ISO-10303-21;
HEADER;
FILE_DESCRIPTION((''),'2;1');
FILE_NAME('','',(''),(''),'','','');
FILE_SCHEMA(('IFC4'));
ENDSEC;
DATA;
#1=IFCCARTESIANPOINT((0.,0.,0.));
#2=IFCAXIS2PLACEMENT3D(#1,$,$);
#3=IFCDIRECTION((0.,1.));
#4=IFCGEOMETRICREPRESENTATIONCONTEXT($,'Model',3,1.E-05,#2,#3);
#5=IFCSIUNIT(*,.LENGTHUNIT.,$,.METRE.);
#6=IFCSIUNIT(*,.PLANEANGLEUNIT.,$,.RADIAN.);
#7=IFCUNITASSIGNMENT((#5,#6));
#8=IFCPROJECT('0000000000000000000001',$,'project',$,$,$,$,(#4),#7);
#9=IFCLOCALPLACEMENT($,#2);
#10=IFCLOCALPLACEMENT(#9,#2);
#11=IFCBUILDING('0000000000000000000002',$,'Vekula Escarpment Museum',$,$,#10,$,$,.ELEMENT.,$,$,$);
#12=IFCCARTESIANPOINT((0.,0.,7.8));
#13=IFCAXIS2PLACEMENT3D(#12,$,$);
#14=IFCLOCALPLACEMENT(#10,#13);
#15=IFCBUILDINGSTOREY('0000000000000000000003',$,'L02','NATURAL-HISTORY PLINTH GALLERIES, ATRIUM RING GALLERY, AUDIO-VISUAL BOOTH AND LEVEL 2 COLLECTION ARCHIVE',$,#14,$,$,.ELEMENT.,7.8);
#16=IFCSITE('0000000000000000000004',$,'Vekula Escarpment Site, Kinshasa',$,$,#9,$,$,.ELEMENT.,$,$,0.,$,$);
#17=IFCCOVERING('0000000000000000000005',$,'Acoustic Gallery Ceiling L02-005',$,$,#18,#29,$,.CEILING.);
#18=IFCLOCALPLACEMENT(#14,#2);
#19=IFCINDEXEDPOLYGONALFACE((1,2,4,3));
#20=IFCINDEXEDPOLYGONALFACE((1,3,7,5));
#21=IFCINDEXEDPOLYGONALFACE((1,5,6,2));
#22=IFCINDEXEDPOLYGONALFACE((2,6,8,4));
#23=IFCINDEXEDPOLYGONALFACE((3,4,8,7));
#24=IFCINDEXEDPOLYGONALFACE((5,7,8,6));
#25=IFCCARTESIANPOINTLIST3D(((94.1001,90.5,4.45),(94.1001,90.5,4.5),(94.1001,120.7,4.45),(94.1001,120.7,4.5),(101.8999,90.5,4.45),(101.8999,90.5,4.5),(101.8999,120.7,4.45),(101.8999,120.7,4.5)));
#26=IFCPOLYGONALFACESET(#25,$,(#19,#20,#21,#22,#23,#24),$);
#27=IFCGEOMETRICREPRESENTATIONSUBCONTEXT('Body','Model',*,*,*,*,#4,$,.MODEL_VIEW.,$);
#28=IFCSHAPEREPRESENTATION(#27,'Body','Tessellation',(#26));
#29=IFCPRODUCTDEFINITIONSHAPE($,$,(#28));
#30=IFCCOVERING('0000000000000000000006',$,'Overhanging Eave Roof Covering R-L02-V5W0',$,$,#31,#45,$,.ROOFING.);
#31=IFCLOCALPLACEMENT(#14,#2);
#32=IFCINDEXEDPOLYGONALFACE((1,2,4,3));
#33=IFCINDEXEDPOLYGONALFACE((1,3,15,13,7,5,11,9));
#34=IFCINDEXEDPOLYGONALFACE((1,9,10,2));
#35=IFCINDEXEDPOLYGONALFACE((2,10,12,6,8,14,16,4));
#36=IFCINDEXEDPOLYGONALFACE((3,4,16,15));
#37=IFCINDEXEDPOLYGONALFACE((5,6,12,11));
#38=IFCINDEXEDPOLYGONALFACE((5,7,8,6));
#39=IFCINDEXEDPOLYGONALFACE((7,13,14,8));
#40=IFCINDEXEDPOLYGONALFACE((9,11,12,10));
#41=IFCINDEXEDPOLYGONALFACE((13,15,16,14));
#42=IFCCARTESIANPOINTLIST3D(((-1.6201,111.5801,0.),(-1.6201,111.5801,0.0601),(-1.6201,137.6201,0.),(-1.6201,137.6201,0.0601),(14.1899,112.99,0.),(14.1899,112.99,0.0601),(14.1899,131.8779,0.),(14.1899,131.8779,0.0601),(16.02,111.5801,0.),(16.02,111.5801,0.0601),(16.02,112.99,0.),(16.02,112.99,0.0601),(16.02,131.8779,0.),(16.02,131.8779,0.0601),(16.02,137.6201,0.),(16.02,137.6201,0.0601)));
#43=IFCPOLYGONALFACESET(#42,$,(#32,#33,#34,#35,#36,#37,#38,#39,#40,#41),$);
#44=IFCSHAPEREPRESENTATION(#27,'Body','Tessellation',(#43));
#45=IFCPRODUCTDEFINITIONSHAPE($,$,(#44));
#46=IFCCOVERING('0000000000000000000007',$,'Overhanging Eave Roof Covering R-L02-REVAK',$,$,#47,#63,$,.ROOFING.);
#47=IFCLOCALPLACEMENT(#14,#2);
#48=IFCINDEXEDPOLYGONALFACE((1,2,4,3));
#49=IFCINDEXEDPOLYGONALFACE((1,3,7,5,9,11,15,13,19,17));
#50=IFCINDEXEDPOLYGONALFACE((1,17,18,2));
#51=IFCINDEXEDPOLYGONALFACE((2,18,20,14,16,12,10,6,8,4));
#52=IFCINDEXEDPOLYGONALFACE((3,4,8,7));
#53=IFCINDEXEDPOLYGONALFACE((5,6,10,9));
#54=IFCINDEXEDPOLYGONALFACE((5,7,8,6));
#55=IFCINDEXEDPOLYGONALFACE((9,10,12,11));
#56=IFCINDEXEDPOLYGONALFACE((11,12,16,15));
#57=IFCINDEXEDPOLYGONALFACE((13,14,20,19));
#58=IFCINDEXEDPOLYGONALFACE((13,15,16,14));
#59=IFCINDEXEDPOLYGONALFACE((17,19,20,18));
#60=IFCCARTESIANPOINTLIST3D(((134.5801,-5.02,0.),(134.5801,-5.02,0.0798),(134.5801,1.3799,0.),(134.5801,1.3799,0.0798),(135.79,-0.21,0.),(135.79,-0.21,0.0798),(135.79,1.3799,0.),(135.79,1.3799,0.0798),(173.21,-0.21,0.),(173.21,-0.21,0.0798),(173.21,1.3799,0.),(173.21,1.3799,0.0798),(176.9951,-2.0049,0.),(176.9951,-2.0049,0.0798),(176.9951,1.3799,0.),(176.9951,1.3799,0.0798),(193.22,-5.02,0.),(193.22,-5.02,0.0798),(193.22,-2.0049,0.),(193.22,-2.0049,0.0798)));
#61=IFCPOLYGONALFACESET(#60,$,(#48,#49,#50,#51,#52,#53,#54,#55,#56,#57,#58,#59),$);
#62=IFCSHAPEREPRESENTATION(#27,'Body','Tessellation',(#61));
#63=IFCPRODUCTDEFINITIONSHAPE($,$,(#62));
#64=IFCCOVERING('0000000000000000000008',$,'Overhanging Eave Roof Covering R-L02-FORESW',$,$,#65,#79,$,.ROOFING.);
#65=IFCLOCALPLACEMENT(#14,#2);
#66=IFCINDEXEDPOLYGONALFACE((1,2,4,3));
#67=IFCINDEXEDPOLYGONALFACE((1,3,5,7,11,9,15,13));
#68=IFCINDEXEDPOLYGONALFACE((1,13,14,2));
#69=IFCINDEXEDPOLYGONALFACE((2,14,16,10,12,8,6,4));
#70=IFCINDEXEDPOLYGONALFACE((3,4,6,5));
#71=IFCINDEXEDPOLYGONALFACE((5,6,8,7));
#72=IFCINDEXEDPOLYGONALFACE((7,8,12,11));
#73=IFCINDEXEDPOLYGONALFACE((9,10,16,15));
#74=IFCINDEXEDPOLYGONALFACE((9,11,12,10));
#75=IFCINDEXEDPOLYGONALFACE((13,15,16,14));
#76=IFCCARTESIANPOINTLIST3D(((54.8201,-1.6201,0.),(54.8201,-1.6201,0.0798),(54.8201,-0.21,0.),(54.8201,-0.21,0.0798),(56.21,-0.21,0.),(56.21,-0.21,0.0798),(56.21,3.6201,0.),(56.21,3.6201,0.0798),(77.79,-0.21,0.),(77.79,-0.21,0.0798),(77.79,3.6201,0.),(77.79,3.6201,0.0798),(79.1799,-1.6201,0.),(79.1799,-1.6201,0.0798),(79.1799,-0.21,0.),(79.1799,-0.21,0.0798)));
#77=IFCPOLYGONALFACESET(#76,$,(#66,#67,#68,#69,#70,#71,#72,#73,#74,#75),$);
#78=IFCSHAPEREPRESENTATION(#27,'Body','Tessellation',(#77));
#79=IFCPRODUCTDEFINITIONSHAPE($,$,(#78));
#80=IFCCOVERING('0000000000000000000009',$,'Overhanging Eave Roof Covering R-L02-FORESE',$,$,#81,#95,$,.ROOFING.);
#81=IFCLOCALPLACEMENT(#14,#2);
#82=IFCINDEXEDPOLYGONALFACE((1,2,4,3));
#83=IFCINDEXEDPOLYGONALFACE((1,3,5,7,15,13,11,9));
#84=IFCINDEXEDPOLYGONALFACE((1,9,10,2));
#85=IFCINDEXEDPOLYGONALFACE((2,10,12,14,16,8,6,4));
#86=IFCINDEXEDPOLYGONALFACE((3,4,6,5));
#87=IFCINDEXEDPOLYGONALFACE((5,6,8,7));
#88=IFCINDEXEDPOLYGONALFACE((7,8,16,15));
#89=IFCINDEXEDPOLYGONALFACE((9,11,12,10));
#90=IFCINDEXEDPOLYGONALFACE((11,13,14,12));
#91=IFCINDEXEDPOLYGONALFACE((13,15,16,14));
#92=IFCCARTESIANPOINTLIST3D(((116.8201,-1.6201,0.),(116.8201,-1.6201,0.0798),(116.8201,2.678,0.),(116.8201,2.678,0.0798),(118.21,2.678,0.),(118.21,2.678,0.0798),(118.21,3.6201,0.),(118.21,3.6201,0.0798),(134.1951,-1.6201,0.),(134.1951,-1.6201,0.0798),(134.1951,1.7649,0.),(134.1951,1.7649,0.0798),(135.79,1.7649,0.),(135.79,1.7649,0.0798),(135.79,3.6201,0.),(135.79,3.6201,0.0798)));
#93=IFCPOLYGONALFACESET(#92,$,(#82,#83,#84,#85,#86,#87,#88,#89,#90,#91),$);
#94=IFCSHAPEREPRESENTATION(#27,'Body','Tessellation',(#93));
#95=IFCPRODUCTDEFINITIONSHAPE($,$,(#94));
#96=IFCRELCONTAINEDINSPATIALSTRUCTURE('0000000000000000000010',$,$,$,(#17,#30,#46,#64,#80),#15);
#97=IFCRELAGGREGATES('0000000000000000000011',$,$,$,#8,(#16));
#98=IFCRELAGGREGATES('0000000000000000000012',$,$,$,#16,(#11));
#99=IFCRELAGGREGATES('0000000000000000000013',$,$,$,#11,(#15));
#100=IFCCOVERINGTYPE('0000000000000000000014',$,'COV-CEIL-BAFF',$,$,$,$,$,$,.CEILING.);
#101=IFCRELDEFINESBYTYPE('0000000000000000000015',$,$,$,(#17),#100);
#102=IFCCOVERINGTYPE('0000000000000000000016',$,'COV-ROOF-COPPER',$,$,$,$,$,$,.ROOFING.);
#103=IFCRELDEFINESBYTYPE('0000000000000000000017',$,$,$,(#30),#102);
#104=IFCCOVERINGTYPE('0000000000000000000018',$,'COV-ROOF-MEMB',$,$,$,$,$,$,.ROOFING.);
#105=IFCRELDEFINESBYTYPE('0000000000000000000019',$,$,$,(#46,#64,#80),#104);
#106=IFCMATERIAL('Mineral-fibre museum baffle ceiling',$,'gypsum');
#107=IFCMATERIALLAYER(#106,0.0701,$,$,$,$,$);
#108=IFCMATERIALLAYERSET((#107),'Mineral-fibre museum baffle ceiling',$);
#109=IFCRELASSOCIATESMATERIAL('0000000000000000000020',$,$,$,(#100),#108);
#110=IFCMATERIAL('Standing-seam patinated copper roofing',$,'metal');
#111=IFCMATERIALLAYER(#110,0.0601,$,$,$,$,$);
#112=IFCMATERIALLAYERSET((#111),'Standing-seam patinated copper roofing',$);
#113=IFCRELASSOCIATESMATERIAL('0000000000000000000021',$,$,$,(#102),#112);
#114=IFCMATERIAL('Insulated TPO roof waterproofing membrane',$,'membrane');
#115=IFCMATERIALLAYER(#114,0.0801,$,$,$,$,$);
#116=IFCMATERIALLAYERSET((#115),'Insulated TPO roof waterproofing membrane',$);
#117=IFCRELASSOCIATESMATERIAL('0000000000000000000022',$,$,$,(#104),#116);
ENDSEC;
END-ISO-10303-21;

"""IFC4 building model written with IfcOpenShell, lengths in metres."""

from ifc_helpers import new_model, si_unit, direction, frame, origin, place, context, subcontext, project, spatial, polyline, outline, extrude, material, layer, layer_set, type_object, element, save


model = new_model("IFC4")

# Units and contexts
model_context = context("Model", 3, precision=1e-05, world=origin(), true_north=direction((0.0, 1.0)))
body_context = subcontext(model_context, "Body", "Model", "MODEL_VIEW")
ifc_project = project(units=[si_unit("LENGTHUNIT", "METRE"), si_unit("PLANEANGLEUNIT", "RADIAN")], contexts=[model_context])

# Site, building, storey
site_placement = place(None, origin())
site = spatial("IfcSite", under=ifc_project, at=site_placement, Name="Vekula Escarpment Site, Kinshasa", CompositionType="ELEMENT", RefElevation=0.0)
building_placement = place(site_placement, origin())
building = spatial("IfcBuilding", under=site, at=building_placement, Name="Vekula Escarpment Museum", CompositionType="ELEMENT")
storey_placement = place(building_placement, frame((0.0, 0.0, 7.8)))
storey = spatial("IfcBuildingStorey", under=building, at=storey_placement, Name="L02", Description="NATURAL-HISTORY PLINTH GALLERIES, ATRIUM RING GALLERY, AUDIO-VISUAL BOOTH AND LEVEL 2 COLLECTION ARCHIVE", CompositionType="ELEMENT", Elevation=7.8)

# Coverings
ifc_material_1 = material(Name="Mineral-fibre museum baffle ceiling", Category="gypsum")
ifc_layer_1 = layer(ifc_material_1, 0.0701)
ifc_layer_set_1 = layer_set([ifc_layer_1], Name="Mineral-fibre museum baffle ceiling")
covering_type_1 = type_object("IfcCoveringType", Name="COV-CEIL-BAFF", PredefinedType="CEILING", material=ifc_layer_set_1)
covering_1_placement = place(storey_placement, frame((0.0, 0.0, 4.45)))
element("IfcCovering", 1, at=covering_1_placement, inside=storey, type_object=covering_type_1, Name="Acoustic Gallery Ceiling L02-005", PredefinedType="CEILING", context=body_context, shape_type="SweptSolid", body=[
    extrude(outline(polyline([(94.1001, 90.5), (101.8999, 90.5), (101.8999, 120.7), (94.1001, 120.7), (94.1001, 90.5)])), origin(), (0.0, 0.0, 1.0), 0.05),
])
ifc_material_2 = material(Name="Standing-seam patinated copper roofing", Category="metal")
ifc_layer_2 = layer(ifc_material_2, 0.0601)
ifc_layer_set_2 = layer_set([ifc_layer_2], Name="Standing-seam patinated copper roofing")
covering_type_2 = type_object("IfcCoveringType", Name="COV-ROOF-COPPER", PredefinedType="ROOFING", material=ifc_layer_set_2)
covering_2_placement = place(storey_placement, origin())
element("IfcCovering", 2, at=covering_2_placement, inside=storey, type_object=covering_type_2, Name="Overhanging Eave Roof Covering R-L02-V5W0", PredefinedType="ROOFING", context=body_context, shape_type="SweptSolid", body=[
    extrude(outline(polyline([(-1.6201, 137.6201), (16.02, 137.6201), (16.02, 131.8779), (14.1899, 131.8779), (14.1899, 112.99), (16.02, 112.99), (16.02, 111.5801), (-1.6201, 111.5801), (-1.6201, 137.6201)])), origin(), (0.0, 0.0, 1.0), 0.0601),
])
ifc_material_3 = material(Name="Insulated TPO roof waterproofing membrane", Category="membrane")
ifc_layer_3 = layer(ifc_material_3, 0.0801)
ifc_layer_set_3 = layer_set([ifc_layer_3], Name="Insulated TPO roof waterproofing membrane")
covering_type_3 = type_object("IfcCoveringType", Name="COV-ROOF-MEMB", PredefinedType="ROOFING", material=ifc_layer_set_3)
covering_3_placement = place(storey_placement, origin())
element("IfcCovering", 3, at=covering_3_placement, inside=storey, type_object=covering_type_3, Name="Overhanging Eave Roof Covering R-L02-REVAK", PredefinedType="ROOFING", context=body_context, shape_type="SweptSolid", body=[
    extrude(outline(polyline([(134.5801, 1.3799), (135.79, 1.3799), (135.79, -0.21), (173.21, -0.21), (173.21, 1.3799), (176.9951, 1.3799), (176.9951, -2.0049), (193.22, -2.0049), (193.22, -5.02), (134.5801, -5.02), (134.5801, 1.3799)])), origin(), (0.0, 0.0, 1.0), 0.0798),
])
covering_4_placement = place(storey_placement, origin())
element("IfcCovering", 4, at=covering_4_placement, inside=storey, type_object=covering_type_3, Name="Overhanging Eave Roof Covering R-L02-FORESW", PredefinedType="ROOFING", context=body_context, shape_type="SweptSolid", body=[
    extrude(outline(polyline([(54.8201, -0.21), (56.21, -0.21), (56.21, 3.6201), (77.79, 3.6201), (77.79, -0.21), (79.1799, -0.21), (79.1799, -1.6201), (54.8201, -1.6201), (54.8201, -0.21)])), origin(), (0.0, 0.0, 1.0), 0.0798),
])
covering_5_placement = place(storey_placement, origin())
element("IfcCovering", 5, at=covering_5_placement, inside=storey, type_object=covering_type_3, Name="Overhanging Eave Roof Covering R-L02-FORESE", PredefinedType="ROOFING", context=body_context, shape_type="SweptSolid", body=[
    extrude(outline(polyline([(116.8201, 2.678), (118.21, 2.678), (118.21, 3.6201), (135.79, 3.6201), (135.79, 1.7649), (134.1951, 1.7649), (134.1951, -1.6201), (116.8201, -1.6201), (116.8201, 2.678)])), origin(), (0.0, 0.0, 1.0), 0.0798),
])

save(model, "model.ifc")
